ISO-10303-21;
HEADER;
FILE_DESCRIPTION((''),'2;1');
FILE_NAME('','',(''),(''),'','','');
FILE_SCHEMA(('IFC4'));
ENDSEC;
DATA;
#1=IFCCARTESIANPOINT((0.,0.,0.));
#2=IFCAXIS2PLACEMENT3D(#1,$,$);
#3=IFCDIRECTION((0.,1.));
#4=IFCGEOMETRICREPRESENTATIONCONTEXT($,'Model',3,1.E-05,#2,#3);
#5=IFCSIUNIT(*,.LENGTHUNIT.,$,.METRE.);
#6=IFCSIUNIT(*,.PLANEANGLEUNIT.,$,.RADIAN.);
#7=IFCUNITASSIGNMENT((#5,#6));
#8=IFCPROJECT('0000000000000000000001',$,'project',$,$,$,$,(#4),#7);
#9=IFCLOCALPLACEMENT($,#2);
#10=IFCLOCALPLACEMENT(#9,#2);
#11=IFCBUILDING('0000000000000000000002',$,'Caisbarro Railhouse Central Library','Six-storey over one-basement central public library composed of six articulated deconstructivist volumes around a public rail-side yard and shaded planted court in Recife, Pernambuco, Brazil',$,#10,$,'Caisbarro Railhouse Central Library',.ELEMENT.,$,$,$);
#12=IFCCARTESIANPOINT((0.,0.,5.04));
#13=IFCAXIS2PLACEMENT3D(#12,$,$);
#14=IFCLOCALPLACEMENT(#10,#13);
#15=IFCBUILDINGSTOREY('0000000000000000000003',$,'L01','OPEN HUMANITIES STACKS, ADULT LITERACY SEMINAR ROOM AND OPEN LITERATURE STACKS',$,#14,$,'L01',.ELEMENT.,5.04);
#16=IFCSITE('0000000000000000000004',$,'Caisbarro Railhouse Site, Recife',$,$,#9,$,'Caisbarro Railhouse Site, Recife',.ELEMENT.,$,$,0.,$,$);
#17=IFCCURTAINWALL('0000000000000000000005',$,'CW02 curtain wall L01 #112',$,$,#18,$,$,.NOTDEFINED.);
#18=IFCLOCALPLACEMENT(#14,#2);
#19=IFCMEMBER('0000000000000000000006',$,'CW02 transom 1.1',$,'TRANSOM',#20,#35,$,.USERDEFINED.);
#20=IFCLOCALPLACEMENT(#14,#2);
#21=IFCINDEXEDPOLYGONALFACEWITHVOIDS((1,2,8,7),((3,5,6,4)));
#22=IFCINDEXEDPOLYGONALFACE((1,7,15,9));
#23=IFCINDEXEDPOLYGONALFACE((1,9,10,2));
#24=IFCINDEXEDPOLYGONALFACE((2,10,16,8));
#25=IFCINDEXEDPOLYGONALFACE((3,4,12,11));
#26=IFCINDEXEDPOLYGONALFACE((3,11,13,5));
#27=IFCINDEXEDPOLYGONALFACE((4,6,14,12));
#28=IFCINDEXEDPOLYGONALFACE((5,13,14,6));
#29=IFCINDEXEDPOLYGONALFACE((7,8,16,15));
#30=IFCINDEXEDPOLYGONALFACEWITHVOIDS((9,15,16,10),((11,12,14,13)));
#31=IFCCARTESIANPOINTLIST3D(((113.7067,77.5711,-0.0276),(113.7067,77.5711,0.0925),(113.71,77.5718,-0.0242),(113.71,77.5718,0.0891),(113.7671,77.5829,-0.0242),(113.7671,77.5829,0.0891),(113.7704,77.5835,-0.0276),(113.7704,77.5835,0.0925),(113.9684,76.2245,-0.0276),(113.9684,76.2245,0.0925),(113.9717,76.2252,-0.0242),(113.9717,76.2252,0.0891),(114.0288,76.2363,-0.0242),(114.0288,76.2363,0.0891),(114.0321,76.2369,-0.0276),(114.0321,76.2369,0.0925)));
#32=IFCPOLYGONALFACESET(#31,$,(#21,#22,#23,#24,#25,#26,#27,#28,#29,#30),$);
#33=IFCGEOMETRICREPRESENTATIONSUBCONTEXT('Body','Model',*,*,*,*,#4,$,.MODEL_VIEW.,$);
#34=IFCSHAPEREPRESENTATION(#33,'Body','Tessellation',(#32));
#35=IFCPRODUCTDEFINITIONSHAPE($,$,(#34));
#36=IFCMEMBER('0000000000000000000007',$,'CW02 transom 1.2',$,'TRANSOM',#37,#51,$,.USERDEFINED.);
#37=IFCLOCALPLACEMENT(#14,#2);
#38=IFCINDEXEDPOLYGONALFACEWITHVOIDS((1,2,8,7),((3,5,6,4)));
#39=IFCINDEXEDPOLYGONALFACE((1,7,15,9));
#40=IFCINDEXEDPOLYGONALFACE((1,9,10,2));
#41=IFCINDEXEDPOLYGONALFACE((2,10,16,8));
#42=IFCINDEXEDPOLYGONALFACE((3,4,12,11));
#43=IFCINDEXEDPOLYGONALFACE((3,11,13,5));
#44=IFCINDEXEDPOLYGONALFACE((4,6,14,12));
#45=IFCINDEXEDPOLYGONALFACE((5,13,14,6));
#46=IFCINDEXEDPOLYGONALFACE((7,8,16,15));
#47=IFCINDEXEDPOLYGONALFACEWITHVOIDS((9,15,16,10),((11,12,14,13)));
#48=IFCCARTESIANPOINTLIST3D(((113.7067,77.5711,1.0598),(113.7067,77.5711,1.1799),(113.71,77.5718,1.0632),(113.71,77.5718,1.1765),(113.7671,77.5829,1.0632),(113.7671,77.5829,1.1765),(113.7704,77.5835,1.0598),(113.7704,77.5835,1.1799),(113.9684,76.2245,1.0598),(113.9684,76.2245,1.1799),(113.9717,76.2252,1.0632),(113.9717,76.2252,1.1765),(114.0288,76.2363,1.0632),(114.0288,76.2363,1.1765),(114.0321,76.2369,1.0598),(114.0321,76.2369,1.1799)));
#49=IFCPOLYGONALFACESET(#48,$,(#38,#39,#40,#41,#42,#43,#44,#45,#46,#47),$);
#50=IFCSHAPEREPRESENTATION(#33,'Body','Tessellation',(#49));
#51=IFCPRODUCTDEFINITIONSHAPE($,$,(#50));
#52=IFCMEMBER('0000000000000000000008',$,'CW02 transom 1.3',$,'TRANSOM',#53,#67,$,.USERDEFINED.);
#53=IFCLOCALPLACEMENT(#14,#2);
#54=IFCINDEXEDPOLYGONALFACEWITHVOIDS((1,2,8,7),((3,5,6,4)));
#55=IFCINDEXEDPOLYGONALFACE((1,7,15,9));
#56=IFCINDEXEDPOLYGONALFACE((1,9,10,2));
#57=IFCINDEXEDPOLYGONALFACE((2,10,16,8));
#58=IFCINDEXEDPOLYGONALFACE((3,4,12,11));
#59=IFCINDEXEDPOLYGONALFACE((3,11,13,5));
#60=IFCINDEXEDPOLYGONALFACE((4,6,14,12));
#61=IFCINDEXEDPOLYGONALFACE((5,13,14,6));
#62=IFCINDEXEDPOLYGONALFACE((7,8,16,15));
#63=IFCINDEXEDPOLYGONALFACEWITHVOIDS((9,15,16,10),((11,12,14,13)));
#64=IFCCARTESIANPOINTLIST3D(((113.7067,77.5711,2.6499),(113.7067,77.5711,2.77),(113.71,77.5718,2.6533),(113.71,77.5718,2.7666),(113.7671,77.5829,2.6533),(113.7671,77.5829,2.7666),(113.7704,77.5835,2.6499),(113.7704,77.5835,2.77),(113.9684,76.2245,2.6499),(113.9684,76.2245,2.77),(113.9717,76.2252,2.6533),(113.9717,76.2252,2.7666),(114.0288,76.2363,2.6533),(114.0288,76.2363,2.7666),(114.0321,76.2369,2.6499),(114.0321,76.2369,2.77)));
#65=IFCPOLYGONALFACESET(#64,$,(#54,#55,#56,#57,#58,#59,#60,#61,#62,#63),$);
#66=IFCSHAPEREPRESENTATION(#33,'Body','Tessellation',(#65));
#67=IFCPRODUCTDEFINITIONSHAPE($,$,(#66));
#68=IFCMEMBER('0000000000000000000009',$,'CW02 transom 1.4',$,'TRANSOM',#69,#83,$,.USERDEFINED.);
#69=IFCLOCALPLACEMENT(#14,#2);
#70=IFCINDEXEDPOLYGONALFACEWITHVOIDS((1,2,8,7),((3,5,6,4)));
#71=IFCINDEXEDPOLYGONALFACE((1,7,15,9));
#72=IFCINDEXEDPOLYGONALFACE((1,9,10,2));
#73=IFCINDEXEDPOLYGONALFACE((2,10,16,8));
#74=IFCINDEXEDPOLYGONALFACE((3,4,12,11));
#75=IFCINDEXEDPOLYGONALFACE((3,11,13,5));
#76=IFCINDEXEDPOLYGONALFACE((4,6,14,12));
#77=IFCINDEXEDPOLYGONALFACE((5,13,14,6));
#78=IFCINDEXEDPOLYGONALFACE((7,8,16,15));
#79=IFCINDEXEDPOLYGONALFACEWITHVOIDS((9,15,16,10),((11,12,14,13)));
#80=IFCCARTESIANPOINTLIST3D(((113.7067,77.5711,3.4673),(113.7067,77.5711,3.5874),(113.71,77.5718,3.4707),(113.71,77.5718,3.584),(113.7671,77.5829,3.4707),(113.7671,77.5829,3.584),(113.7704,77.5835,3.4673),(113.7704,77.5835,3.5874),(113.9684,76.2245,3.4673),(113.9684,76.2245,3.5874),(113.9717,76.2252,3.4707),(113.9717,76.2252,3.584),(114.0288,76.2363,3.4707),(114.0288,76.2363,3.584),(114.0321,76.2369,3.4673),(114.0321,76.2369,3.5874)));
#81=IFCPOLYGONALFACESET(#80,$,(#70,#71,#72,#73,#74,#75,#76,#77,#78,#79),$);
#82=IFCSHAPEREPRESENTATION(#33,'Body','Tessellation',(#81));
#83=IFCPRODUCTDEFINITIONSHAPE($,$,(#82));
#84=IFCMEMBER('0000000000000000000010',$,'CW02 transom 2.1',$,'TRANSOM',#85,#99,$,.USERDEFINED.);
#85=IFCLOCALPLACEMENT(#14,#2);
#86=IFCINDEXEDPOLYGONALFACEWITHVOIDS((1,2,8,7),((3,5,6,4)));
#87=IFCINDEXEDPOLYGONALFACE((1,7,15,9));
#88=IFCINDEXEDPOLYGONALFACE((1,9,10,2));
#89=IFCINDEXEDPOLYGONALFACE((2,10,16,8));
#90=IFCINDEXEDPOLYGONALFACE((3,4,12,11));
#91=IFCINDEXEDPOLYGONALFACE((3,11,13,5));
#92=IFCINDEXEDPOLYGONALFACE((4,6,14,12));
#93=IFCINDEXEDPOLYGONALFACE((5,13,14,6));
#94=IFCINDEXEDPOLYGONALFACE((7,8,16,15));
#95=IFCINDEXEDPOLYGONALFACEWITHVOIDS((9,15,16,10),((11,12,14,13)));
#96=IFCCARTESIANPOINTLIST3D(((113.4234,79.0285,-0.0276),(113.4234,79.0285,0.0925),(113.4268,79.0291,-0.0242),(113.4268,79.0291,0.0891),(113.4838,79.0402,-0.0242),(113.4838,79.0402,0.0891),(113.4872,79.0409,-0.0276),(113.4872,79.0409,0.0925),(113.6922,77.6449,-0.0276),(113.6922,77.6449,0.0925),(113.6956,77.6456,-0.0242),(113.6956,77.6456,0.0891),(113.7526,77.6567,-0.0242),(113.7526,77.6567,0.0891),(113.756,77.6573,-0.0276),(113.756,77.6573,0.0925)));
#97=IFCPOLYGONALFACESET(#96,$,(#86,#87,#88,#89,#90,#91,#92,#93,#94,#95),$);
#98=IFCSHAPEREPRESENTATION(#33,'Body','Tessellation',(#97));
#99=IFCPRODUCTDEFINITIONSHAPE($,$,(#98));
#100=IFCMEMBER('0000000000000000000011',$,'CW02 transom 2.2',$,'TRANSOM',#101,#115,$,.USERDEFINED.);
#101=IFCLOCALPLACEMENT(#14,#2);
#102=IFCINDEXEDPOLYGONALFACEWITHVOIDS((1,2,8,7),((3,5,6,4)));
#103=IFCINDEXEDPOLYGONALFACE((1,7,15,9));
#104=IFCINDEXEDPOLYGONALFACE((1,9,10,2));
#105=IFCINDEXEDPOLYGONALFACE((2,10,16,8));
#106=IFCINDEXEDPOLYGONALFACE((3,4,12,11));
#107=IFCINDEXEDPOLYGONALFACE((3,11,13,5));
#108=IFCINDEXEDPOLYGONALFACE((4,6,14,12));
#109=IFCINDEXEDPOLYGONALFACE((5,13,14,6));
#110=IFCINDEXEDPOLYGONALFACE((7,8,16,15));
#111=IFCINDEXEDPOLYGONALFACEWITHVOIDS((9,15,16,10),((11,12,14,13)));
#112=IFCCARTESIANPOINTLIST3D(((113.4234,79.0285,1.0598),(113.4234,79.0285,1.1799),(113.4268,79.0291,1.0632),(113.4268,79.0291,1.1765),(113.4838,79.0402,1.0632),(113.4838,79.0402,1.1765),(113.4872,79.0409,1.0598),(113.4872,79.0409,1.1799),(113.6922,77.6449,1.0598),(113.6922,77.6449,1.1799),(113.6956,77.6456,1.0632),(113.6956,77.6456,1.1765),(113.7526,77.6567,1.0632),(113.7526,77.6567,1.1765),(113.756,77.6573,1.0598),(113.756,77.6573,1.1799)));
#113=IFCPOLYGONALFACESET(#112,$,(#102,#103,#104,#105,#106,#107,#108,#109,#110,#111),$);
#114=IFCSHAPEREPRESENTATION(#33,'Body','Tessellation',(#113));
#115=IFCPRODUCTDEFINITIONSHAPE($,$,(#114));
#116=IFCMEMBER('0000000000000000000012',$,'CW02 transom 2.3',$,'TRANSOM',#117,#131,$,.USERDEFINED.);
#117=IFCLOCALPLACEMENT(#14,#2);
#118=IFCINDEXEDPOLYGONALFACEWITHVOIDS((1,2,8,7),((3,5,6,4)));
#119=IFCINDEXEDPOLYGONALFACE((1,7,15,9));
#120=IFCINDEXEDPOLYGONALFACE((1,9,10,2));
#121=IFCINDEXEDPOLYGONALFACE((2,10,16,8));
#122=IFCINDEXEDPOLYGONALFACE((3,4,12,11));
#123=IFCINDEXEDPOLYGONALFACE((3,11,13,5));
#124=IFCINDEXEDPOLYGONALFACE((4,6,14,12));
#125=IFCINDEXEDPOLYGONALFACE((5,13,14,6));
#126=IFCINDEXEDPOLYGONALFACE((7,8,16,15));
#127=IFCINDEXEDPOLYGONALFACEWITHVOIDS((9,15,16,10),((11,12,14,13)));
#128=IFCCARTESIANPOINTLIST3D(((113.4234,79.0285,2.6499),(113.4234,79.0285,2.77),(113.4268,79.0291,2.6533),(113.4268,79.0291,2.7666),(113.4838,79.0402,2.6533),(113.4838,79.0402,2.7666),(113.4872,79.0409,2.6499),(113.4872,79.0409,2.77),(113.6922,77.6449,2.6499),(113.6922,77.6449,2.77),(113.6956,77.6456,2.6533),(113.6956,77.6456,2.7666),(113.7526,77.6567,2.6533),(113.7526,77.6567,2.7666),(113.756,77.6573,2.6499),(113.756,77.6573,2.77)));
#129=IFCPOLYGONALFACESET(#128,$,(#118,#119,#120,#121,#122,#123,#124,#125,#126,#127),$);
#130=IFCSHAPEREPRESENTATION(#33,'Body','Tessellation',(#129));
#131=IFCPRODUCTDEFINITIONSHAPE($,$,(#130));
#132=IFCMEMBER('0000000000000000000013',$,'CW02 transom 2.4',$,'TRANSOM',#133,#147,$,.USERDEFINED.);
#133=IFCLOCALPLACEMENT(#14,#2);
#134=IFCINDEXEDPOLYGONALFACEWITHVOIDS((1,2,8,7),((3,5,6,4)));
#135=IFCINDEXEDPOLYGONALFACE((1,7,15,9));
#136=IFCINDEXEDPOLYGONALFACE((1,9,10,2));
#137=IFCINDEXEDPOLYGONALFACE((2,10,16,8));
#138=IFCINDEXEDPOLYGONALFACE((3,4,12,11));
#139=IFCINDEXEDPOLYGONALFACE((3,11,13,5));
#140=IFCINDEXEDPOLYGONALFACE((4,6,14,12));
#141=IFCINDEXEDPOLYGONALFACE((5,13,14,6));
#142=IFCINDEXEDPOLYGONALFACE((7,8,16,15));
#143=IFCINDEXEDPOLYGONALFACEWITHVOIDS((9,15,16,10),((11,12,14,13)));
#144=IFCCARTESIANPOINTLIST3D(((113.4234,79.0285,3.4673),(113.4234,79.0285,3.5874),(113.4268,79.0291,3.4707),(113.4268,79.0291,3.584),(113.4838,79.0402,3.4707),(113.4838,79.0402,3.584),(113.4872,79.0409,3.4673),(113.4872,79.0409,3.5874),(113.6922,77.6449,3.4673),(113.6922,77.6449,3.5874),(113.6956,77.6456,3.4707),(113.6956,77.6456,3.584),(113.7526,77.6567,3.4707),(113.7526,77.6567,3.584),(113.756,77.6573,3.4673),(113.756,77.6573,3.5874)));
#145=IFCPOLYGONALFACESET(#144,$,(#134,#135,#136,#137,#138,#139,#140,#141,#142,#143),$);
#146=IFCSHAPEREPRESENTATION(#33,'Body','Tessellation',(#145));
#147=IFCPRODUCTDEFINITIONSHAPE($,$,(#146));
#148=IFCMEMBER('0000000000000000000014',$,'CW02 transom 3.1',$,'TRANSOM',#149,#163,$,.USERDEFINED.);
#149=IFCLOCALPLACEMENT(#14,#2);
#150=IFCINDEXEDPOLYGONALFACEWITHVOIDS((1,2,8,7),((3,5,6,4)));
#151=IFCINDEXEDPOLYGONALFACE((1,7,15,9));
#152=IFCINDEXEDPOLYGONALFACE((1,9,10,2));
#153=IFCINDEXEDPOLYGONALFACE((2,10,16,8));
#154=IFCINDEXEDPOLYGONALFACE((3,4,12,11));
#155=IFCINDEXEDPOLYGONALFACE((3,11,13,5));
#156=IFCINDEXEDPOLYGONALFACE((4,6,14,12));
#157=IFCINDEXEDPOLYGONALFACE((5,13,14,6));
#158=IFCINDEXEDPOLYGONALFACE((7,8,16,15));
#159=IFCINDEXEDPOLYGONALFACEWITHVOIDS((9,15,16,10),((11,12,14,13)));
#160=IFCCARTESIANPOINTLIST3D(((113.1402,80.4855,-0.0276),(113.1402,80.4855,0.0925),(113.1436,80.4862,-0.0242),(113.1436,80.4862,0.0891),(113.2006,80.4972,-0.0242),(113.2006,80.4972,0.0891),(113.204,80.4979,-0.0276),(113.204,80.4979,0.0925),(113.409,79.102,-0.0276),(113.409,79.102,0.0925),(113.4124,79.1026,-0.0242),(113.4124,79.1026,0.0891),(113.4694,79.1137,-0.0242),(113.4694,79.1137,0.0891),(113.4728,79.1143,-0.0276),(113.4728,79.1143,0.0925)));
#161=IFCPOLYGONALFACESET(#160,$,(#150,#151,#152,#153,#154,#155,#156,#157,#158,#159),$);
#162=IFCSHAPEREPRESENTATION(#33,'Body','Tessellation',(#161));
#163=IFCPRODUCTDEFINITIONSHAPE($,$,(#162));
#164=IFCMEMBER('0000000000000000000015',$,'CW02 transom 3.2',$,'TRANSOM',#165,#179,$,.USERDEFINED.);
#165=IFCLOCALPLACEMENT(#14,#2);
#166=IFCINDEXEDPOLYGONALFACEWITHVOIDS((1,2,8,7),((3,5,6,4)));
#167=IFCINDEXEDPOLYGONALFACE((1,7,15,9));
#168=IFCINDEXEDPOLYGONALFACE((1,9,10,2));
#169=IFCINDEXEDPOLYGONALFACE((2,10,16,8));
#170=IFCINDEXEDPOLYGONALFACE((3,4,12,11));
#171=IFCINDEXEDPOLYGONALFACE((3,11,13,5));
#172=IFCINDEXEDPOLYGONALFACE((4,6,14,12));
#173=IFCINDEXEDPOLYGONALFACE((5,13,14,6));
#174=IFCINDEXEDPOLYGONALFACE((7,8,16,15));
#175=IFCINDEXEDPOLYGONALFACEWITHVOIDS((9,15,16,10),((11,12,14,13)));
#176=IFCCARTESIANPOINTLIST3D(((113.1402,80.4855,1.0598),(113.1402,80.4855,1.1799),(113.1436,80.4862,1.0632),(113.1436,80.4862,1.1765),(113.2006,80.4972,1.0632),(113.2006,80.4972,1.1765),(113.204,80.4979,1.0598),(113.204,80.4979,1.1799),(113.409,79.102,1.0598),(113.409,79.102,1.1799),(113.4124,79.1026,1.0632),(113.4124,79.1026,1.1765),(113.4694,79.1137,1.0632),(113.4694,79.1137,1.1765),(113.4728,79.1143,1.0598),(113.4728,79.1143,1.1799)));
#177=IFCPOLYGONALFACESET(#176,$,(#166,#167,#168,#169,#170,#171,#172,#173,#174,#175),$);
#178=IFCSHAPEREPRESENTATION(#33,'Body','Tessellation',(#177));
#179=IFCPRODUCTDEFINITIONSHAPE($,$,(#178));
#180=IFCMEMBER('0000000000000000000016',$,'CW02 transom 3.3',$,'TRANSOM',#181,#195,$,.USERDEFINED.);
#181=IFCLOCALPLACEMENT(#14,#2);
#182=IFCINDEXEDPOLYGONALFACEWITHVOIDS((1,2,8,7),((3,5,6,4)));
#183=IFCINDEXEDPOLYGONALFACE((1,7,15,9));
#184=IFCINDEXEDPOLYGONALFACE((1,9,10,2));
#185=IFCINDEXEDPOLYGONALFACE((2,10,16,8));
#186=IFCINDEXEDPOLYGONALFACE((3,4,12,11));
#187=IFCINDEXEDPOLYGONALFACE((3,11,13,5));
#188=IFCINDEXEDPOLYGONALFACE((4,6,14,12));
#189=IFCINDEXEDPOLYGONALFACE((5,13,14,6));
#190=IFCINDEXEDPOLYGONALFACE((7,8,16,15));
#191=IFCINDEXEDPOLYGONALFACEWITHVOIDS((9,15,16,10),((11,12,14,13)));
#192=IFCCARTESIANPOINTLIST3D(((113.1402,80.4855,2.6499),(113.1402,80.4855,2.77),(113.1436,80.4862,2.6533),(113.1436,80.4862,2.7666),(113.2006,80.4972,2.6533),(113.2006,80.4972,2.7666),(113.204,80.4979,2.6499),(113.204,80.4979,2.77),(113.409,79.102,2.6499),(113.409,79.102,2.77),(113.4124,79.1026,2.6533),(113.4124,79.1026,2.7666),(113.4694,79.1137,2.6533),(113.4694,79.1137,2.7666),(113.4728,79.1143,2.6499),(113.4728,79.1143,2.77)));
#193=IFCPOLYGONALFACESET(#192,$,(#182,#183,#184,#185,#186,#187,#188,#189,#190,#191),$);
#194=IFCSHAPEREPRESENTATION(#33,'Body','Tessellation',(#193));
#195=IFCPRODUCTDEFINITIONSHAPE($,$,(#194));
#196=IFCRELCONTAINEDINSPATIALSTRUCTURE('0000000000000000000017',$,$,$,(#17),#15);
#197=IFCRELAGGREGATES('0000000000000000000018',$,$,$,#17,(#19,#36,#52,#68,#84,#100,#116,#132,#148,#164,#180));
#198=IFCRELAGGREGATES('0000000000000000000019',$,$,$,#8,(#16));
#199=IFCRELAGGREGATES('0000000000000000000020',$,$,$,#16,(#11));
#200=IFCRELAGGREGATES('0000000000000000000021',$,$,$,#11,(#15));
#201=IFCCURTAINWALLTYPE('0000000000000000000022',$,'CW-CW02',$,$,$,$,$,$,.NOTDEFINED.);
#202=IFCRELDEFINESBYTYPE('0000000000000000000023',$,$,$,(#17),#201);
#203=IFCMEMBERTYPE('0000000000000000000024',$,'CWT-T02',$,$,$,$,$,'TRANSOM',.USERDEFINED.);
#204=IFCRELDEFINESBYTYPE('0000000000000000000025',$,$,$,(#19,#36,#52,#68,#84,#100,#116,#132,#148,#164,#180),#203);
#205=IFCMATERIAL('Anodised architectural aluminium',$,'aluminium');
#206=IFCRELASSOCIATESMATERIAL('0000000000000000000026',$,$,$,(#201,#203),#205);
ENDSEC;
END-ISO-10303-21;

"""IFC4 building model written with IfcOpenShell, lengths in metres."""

from ifc_helpers import new_model, si_unit, direction, frame, origin, origin_2d, place, context, subcontext, project, spatial, hollow_rectangle, extrude, material, material_profile, profile_set, type_object, element, aggregate, save


model = new_model("IFC4")

# Units and contexts
model_context = context("Model", 3, precision=1e-05, world=origin(), true_north=direction((0.0, 1.0)))
body_context = subcontext(model_context, "Body", "Model", "MODEL_VIEW")
ifc_project = project(units=[si_unit("LENGTHUNIT", "METRE"), si_unit("PLANEANGLEUNIT", "RADIAN")], contexts=[model_context])

# Site, building, storey
site_placement = place(None, origin())
site = spatial("IfcSite", under=ifc_project, at=site_placement, Name="Caisbarro Railhouse Site, Recife", LongName="Caisbarro Railhouse Site, Recife", CompositionType="ELEMENT", RefElevation=0.0)
building_placement = place(site_placement, origin())
building = spatial("IfcBuilding", under=site, at=building_placement, Name="Caisbarro Railhouse Central Library", Description="Six-storey over one-basement central public library composed of six articulated deconstructivist volumes around a public rail-side yard and shaded planted court in Recife, Pernambuco, Brazil", LongName="Caisbarro Railhouse Central Library", CompositionType="ELEMENT")
storey_placement = place(building_placement, frame((0.0, 0.0, 5.04)))
storey = spatial("IfcBuildingStorey", under=building, at=storey_placement, Name="L01", Description="OPEN HUMANITIES STACKS, ADULT LITERACY SEMINAR ROOM AND OPEN LITERATURE STACKS", LongName="L01", CompositionType="ELEMENT", Elevation=5.04)

# Curtain wall, members
ifc_material_1 = material(Name="Anodised architectural aluminium", Category="aluminium")
curtain_wall_type = type_object("IfcCurtainWallType", Name="CW-CW02", PredefinedType="NOTDEFINED", material=ifc_material_1)
curtain_wall_placement = place(storey_placement, origin())
curtain_wall = element("IfcCurtainWall", 1, at=curtain_wall_placement, inside=storey, type_object=curtain_wall_type, Name="CW02 curtain wall L01 #112", PredefinedType="NOTDEFINED")
ifc_material_profile_1 = material_profile(ifc_material_1, hollow_rectangle(XDim=0.0649, YDim=0.1201, WallThickness=0.0034, at=origin_2d()), Name="ALU-TRN-65X120")
ifc_profile_set_1 = profile_set([ifc_material_profile_1], Name="Anodised architectural aluminium")
member_type_1 = type_object("IfcMemberType", Name="CWT-T02", ElementType="TRANSOM", PredefinedType="USERDEFINED", material=ifc_profile_set_1)
member_1_placement = place(storey_placement, frame((114.0002, 76.2307, 0.0325), z_axis=(-0.190774, 0.981634, 0.0), x_axis=(-0.981634, -0.190774, 0.0)))
member_1 = element("IfcMember", 2, at=member_1_placement, type_object=member_type_1, Name="CW02 transom 1.1", ObjectType="TRANSOM", PredefinedType="USERDEFINED", context=body_context, shape_type="SweptSolid", body=[
    extrude(hollow_rectangle(XDim=0.0649, YDim=0.1201, WallThickness=0.0034, at=origin_2d()), origin(), (0.0, 0.0, 1.0), 1.3718),
])
member_2_placement = place(storey_placement, frame((114.0002, 76.2307, 1.1199), z_axis=(-0.190774, 0.981634, 0.0), x_axis=(-0.981634, -0.190774, 0.0)))
member_2 = element("IfcMember", 3, at=member_2_placement, type_object=member_type_1, Name="CW02 transom 1.2", ObjectType="TRANSOM", PredefinedType="USERDEFINED", context=body_context, shape_type="SweptSolid", body=[
    extrude(hollow_rectangle(XDim=0.0649, YDim=0.1201, WallThickness=0.0034, at=origin_2d()), origin(), (0.0, 0.0, 1.0), 1.3718),
])
member_3_placement = place(storey_placement, frame((114.0002, 76.2307, 2.71), z_axis=(-0.190774, 0.981634, 0.0), x_axis=(-0.981634, -0.190774, 0.0)))
member_3 = element("IfcMember", 4, at=member_3_placement, type_object=member_type_1, Name="CW02 transom 1.3", ObjectType="TRANSOM", PredefinedType="USERDEFINED", context=body_context, shape_type="SweptSolid", body=[
    extrude(hollow_rectangle(XDim=0.0649, YDim=0.1201, WallThickness=0.0034, at=origin_2d()), origin(), (0.0, 0.0, 1.0), 1.3718),
])
member_4_placement = place(storey_placement, frame((114.0002, 76.2307, 3.5273), z_axis=(-0.190774, 0.981634, 0.0), x_axis=(-0.981634, -0.190774, 0.0)))
member_4 = element("IfcMember", 5, at=member_4_placement, type_object=member_type_1, Name="CW02 transom 1.4", ObjectType="TRANSOM", PredefinedType="USERDEFINED", context=body_context, shape_type="SweptSolid", body=[
    extrude(hollow_rectangle(XDim=0.0649, YDim=0.1201, WallThickness=0.0034, at=origin_2d()), origin(), (0.0, 0.0, 1.0), 1.3718),
])
member_5_placement = place(storey_placement, frame((113.7241, 77.6511, 0.0325), z_axis=(-0.190717, 0.981645, 0.0), x_axis=(-0.981645, -0.190717, 0.0)))
member_5 = element("IfcMember", 6, at=member_5_placement, type_object=member_type_1, Name="CW02 transom 2.1", ObjectType="TRANSOM", PredefinedType="USERDEFINED", context=body_context, shape_type="SweptSolid", body=[
    extrude(hollow_rectangle(XDim=0.0649, YDim=0.1201, WallThickness=0.0034, at=origin_2d()), origin(), (0.0, 0.0, 1.0), 1.4094),
])
member_6_placement = place(storey_placement, frame((113.7241, 77.6511, 1.1199), z_axis=(-0.190717, 0.981645, 0.0), x_axis=(-0.981645, -0.190717, 0.0)))
member_6 = element("IfcMember", 7, at=member_6_placement, type_object=member_type_1, Name="CW02 transom 2.2", ObjectType="TRANSOM", PredefinedType="USERDEFINED", context=body_context, shape_type="SweptSolid", body=[
    extrude(hollow_rectangle(XDim=0.0649, YDim=0.1201, WallThickness=0.0034, at=origin_2d()), origin(), (0.0, 0.0, 1.0), 1.4094),
])
member_7_placement = place(storey_placement, frame((113.7241, 77.6511, 2.71), z_axis=(-0.190717, 0.981645, 0.0), x_axis=(-0.981645, -0.190717, 0.0)))
member_7 = element("IfcMember", 8, at=member_7_placement, type_object=member_type_1, Name="CW02 transom 2.3", ObjectType="TRANSOM", PredefinedType="USERDEFINED", context=body_context, shape_type="SweptSolid", body=[
    extrude(hollow_rectangle(XDim=0.0649, YDim=0.1201, WallThickness=0.0034, at=origin_2d()), origin(), (0.0, 0.0, 1.0), 1.4094),
])
member_8_placement = place(storey_placement, frame((113.7241, 77.6511, 3.5273), z_axis=(-0.190717, 0.981645, 0.0), x_axis=(-0.981645, -0.190717, 0.0)))
member_8 = element("IfcMember", 9, at=member_8_placement, type_object=member_type_1, Name="CW02 transom 2.4", ObjectType="TRANSOM", PredefinedType="USERDEFINED", context=body_context, shape_type="SweptSolid", body=[
    extrude(hollow_rectangle(XDim=0.0649, YDim=0.1201, WallThickness=0.0034, at=origin_2d()), origin(), (0.0, 0.0, 1.0), 1.4094),
])
member_9_placement = place(storey_placement, frame((113.4409, 79.1082, 0.0325), z_axis=(-0.190717, 0.981645, 0.0), x_axis=(-0.981645, -0.190717, 0.0)))
member_9 = element("IfcMember", 10, at=member_9_placement, type_object=member_type_1, Name="CW02 transom 3.1", ObjectType="TRANSOM", PredefinedType="USERDEFINED", context=body_context, shape_type="SweptSolid", body=[
    extrude(hollow_rectangle(XDim=0.0649, YDim=0.1201, WallThickness=0.0034, at=origin_2d()), origin(), (0.0, 0.0, 1.0), 1.4094),
])
member_10_placement = place(storey_placement, frame((113.4409, 79.1082, 1.1199), z_axis=(-0.190717, 0.981645, 0.0), x_axis=(-0.981645, -0.190717, 0.0)))
member_10 = element("IfcMember", 11, at=member_10_placement, type_object=member_type_1, Name="CW02 transom 3.2", ObjectType="TRANSOM", PredefinedType="USERDEFINED", context=body_context, shape_type="SweptSolid", body=[
    extrude(hollow_rectangle(XDim=0.0649, YDim=0.1201, WallThickness=0.0034, at=origin_2d()), origin(), (0.0, 0.0, 1.0), 1.4094),
])
member_11_placement = place(storey_placement, frame((113.4409, 79.1082, 2.71), z_axis=(-0.190717, 0.981645, 0.0), x_axis=(-0.981645, -0.190717, 0.0)))
member_11 = element("IfcMember", 12, at=member_11_placement, type_object=member_type_1, Name="CW02 transom 3.3", ObjectType="TRANSOM", PredefinedType="USERDEFINED", context=body_context, shape_type="SweptSolid", body=[
    extrude(hollow_rectangle(XDim=0.0649, YDim=0.1201, WallThickness=0.0034, at=origin_2d()), origin(), (0.0, 0.0, 1.0), 1.4094),
])
aggregate(curtain_wall, [member_1, member_2, member_3, member_4, member_5, member_6, member_7, member_8, member_9, member_10, member_11])

save(model, "model.ifc")
